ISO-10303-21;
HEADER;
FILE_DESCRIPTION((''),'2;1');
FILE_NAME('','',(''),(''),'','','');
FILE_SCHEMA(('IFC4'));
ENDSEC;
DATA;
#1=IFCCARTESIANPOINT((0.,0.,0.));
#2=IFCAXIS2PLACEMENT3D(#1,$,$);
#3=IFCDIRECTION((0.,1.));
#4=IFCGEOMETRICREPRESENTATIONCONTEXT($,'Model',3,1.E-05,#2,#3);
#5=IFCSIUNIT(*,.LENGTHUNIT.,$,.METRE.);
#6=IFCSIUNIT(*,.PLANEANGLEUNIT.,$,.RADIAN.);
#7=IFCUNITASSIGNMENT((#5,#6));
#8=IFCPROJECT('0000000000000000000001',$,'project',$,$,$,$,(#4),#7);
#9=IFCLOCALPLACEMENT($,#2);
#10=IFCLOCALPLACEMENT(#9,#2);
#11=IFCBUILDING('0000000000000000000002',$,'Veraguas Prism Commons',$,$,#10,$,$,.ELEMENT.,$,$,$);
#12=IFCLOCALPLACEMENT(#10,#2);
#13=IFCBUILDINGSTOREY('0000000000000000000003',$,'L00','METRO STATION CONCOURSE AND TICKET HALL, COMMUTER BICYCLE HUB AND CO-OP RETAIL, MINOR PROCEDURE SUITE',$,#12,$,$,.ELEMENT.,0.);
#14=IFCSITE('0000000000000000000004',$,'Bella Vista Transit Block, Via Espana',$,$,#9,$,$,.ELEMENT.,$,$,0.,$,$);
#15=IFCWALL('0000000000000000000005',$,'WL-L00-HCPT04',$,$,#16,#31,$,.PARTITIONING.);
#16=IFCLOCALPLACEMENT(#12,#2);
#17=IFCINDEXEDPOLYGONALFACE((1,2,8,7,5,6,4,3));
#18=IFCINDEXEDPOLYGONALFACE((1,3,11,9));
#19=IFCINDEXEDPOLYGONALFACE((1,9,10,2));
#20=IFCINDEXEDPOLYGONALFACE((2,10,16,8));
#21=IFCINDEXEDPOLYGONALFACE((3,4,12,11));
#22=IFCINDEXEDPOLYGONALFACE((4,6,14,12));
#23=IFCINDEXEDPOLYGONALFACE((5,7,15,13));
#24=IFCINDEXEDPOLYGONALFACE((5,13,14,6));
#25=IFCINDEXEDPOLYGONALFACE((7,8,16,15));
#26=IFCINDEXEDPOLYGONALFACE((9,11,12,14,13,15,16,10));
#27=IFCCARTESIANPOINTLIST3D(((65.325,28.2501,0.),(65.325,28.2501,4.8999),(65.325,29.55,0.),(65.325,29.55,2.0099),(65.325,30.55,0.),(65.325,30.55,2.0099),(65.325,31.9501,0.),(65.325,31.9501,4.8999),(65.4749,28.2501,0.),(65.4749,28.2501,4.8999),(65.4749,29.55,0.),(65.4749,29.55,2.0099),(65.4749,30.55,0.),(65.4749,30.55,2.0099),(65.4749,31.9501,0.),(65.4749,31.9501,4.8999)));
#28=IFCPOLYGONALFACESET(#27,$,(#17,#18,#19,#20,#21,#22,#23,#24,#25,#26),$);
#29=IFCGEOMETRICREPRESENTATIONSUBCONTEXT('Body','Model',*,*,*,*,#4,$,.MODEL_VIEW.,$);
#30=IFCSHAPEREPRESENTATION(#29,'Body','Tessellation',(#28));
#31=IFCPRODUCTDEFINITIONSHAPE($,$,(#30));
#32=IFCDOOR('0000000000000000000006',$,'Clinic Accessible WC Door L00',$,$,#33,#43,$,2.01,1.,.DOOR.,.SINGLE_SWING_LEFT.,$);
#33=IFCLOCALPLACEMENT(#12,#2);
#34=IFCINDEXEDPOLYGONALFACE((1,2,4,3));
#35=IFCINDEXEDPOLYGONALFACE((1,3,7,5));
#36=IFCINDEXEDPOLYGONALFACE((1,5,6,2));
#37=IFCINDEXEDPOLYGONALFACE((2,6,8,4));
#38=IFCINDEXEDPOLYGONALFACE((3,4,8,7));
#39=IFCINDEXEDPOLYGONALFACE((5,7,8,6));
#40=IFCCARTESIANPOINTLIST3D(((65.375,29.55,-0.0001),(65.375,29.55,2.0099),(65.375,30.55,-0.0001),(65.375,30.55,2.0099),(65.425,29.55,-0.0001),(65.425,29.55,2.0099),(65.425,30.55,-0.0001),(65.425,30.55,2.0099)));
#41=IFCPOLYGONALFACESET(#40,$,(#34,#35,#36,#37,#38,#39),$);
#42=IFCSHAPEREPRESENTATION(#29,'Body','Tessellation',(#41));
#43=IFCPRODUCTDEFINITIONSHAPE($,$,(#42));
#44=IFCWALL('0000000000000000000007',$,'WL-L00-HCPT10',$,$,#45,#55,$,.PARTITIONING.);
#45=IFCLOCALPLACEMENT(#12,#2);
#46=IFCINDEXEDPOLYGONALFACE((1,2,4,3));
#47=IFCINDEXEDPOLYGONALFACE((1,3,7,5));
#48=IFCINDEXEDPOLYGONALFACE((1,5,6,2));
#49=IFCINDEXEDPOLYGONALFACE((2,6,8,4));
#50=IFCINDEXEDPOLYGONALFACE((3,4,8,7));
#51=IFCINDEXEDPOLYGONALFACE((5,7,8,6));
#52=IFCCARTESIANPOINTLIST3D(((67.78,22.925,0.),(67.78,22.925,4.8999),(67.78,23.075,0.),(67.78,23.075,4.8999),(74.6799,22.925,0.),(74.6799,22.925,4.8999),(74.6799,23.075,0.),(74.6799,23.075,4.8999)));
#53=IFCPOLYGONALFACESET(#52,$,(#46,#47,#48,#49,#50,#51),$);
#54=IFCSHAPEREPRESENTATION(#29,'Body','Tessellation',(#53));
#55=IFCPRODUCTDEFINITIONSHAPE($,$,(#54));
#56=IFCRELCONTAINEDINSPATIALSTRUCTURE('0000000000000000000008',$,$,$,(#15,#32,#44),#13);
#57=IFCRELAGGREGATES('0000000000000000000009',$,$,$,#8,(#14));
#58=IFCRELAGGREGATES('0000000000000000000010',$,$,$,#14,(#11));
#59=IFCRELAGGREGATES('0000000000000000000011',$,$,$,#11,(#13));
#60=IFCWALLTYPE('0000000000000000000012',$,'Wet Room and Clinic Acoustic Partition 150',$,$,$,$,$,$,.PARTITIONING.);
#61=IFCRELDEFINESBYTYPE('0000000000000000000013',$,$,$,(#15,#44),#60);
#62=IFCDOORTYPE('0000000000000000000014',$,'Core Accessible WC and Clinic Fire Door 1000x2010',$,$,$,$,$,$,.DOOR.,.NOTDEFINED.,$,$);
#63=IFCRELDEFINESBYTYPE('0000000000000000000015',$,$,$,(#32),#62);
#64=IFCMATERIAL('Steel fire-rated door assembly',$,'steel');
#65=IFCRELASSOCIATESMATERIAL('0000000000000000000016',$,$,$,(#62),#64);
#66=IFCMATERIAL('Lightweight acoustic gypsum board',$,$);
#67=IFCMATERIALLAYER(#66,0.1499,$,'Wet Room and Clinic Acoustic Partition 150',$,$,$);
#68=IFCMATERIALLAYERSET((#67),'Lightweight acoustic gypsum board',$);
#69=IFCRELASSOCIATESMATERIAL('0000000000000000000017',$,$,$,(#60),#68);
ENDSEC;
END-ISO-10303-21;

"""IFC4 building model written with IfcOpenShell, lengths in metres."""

from ifc_helpers import new_model, si_unit, direction, frame, frame_2d, origin, place, context, subcontext, project, spatial, rectangle, extrude, source, transform, mapped, material, layer, layer_set, type_object, element, fill, save


model = new_model("IFC4")

# Units and contexts
model_context = context("Model", 3, precision=1e-05, world=origin(), true_north=direction((0.0, 1.0)))
body_context = subcontext(model_context, "Body", "Model", "MODEL_VIEW")
ifc_project = project(units=[si_unit("LENGTHUNIT", "METRE"), si_unit("PLANEANGLEUNIT", "RADIAN")], contexts=[model_context])

# Site, building, storey
site_placement = place(None, origin())
site = spatial("IfcSite", under=ifc_project, at=site_placement, Name="Bella Vista Transit Block, Via Espana", CompositionType="ELEMENT", RefElevation=0.0)
building_placement = place(site_placement, origin())
building = spatial("IfcBuilding", under=site, at=building_placement, Name="Veraguas Prism Commons", CompositionType="ELEMENT")
storey_placement = place(building_placement, origin())
storey = spatial("IfcBuildingStorey", under=building, at=storey_placement, Name="L00", Description="METRO STATION CONCOURSE AND TICKET HALL, COMMUTER BICYCLE HUB AND CO-OP RETAIL, MINOR PROCEDURE SUITE", CompositionType="ELEMENT", Elevation=0.0)

# Shared definitions
ifc_material_1 = material(Name="Steel fire-rated door assembly", Category="steel")
door_type = type_object("IfcDoorType", Name="Core Accessible WC and Clinic Fire Door 1000x2010", OperationType="NOTDEFINED", PredefinedType="DOOR", material=ifc_material_1)
shared_shape_1 = source(origin(), body_context, "Body", "SweptSolid", [
    extrude(rectangle(XDim=1.0, YDim=2.01, at=frame_2d((0.5, 1.0049))), frame((0.0, 0.0249, 0.0), z_axis=(0.0, -1.0, 0.0), x_axis=(1.0, 0.0, 0.0)), (0.0, 0.0, 1.0), 0.05),
])

# Shared definitions
ifc_material_2 = material(Name="Lightweight acoustic gypsum board")
ifc_layer_1 = layer(ifc_material_2, 0.1499, Name="Wet Room and Clinic Acoustic Partition 150")
ifc_layer_set_1 = layer_set([ifc_layer_1], Name="Lightweight acoustic gypsum board")
wall_type_1 = type_object("IfcWallType", Name="Wet Room and Clinic Acoustic Partition 150", PredefinedType="PARTITIONING", material=ifc_layer_set_1)

# Wall, opening, door
wall_1_placement = place(storey_placement, frame((65.3999, 28.25, 0.0), z_axis=(0.0, 0.0, 1.0), x_axis=(0.0, 1.0, 0.0)))
wall_1 = element("IfcWall", 1, at=wall_1_placement, inside=storey, type_object=wall_type_1, Name="WL-L00-HCPT04", PredefinedType="PARTITIONING", context=body_context, shape_type="SweptSolid", body=[
    extrude(rectangle(XDim=3.7, YDim=0.1499, at=frame_2d((1.8501, 0.0))), origin(), (0.0, 0.0, 1.0), 4.8999),
])
opening_1_placement = place(wall_1_placement, frame((1.3, 0.0, 0.0)))
opening_1 = element("IfcOpeningElement", 2, at=opening_1_placement, cuts=wall_1, PredefinedType="OPENING", context=body_context, shape_type="SweptSolid", body=[
    extrude(rectangle(XDim=1.0, YDim=2.01, at=frame_2d((0.5, 1.0049))), frame((0.0, 0.085, 0.0), z_axis=(0.0, -1.0, 0.0), x_axis=(1.0, 0.0, 0.0)), (0.0, 0.0, 1.0), 0.1699),
])
door_1_placement = place(opening_1_placement, origin())
door_1 = element("IfcDoor", 3, at=door_1_placement, inside=storey, type_object=door_type, Name="Clinic Accessible WC Door L00", OperationType="SINGLE_SWING_LEFT", OverallHeight=2.01, OverallWidth=1.0, PredefinedType="DOOR", context=body_context, shape_type="MappedRepresentation", body=[
    mapped(shared_shape_1, transform((0.0, 0.0, 0.0), scale=1.0)),
])
fill(opening_1, door_1)

# Wall
wall_2_placement = place(storey_placement, frame((67.78, 23.0, 0.0), z_axis=(0.0, 0.0, 1.0), x_axis=(1.0, 0.0, 0.0)))
element("IfcWall", 4, at=wall_2_placement, inside=storey, type_object=wall_type_1, Name="WL-L00-HCPT10", PredefinedType="PARTITIONING", context=body_context, shape_type="SweptSolid", body=[
    extrude(rectangle(XDim=6.8999, YDim=0.1499, at=frame_2d((3.45, 0.0))), origin(), (0.0, 0.0, 1.0), 4.8999),
])

save(model, "model.ifc")
